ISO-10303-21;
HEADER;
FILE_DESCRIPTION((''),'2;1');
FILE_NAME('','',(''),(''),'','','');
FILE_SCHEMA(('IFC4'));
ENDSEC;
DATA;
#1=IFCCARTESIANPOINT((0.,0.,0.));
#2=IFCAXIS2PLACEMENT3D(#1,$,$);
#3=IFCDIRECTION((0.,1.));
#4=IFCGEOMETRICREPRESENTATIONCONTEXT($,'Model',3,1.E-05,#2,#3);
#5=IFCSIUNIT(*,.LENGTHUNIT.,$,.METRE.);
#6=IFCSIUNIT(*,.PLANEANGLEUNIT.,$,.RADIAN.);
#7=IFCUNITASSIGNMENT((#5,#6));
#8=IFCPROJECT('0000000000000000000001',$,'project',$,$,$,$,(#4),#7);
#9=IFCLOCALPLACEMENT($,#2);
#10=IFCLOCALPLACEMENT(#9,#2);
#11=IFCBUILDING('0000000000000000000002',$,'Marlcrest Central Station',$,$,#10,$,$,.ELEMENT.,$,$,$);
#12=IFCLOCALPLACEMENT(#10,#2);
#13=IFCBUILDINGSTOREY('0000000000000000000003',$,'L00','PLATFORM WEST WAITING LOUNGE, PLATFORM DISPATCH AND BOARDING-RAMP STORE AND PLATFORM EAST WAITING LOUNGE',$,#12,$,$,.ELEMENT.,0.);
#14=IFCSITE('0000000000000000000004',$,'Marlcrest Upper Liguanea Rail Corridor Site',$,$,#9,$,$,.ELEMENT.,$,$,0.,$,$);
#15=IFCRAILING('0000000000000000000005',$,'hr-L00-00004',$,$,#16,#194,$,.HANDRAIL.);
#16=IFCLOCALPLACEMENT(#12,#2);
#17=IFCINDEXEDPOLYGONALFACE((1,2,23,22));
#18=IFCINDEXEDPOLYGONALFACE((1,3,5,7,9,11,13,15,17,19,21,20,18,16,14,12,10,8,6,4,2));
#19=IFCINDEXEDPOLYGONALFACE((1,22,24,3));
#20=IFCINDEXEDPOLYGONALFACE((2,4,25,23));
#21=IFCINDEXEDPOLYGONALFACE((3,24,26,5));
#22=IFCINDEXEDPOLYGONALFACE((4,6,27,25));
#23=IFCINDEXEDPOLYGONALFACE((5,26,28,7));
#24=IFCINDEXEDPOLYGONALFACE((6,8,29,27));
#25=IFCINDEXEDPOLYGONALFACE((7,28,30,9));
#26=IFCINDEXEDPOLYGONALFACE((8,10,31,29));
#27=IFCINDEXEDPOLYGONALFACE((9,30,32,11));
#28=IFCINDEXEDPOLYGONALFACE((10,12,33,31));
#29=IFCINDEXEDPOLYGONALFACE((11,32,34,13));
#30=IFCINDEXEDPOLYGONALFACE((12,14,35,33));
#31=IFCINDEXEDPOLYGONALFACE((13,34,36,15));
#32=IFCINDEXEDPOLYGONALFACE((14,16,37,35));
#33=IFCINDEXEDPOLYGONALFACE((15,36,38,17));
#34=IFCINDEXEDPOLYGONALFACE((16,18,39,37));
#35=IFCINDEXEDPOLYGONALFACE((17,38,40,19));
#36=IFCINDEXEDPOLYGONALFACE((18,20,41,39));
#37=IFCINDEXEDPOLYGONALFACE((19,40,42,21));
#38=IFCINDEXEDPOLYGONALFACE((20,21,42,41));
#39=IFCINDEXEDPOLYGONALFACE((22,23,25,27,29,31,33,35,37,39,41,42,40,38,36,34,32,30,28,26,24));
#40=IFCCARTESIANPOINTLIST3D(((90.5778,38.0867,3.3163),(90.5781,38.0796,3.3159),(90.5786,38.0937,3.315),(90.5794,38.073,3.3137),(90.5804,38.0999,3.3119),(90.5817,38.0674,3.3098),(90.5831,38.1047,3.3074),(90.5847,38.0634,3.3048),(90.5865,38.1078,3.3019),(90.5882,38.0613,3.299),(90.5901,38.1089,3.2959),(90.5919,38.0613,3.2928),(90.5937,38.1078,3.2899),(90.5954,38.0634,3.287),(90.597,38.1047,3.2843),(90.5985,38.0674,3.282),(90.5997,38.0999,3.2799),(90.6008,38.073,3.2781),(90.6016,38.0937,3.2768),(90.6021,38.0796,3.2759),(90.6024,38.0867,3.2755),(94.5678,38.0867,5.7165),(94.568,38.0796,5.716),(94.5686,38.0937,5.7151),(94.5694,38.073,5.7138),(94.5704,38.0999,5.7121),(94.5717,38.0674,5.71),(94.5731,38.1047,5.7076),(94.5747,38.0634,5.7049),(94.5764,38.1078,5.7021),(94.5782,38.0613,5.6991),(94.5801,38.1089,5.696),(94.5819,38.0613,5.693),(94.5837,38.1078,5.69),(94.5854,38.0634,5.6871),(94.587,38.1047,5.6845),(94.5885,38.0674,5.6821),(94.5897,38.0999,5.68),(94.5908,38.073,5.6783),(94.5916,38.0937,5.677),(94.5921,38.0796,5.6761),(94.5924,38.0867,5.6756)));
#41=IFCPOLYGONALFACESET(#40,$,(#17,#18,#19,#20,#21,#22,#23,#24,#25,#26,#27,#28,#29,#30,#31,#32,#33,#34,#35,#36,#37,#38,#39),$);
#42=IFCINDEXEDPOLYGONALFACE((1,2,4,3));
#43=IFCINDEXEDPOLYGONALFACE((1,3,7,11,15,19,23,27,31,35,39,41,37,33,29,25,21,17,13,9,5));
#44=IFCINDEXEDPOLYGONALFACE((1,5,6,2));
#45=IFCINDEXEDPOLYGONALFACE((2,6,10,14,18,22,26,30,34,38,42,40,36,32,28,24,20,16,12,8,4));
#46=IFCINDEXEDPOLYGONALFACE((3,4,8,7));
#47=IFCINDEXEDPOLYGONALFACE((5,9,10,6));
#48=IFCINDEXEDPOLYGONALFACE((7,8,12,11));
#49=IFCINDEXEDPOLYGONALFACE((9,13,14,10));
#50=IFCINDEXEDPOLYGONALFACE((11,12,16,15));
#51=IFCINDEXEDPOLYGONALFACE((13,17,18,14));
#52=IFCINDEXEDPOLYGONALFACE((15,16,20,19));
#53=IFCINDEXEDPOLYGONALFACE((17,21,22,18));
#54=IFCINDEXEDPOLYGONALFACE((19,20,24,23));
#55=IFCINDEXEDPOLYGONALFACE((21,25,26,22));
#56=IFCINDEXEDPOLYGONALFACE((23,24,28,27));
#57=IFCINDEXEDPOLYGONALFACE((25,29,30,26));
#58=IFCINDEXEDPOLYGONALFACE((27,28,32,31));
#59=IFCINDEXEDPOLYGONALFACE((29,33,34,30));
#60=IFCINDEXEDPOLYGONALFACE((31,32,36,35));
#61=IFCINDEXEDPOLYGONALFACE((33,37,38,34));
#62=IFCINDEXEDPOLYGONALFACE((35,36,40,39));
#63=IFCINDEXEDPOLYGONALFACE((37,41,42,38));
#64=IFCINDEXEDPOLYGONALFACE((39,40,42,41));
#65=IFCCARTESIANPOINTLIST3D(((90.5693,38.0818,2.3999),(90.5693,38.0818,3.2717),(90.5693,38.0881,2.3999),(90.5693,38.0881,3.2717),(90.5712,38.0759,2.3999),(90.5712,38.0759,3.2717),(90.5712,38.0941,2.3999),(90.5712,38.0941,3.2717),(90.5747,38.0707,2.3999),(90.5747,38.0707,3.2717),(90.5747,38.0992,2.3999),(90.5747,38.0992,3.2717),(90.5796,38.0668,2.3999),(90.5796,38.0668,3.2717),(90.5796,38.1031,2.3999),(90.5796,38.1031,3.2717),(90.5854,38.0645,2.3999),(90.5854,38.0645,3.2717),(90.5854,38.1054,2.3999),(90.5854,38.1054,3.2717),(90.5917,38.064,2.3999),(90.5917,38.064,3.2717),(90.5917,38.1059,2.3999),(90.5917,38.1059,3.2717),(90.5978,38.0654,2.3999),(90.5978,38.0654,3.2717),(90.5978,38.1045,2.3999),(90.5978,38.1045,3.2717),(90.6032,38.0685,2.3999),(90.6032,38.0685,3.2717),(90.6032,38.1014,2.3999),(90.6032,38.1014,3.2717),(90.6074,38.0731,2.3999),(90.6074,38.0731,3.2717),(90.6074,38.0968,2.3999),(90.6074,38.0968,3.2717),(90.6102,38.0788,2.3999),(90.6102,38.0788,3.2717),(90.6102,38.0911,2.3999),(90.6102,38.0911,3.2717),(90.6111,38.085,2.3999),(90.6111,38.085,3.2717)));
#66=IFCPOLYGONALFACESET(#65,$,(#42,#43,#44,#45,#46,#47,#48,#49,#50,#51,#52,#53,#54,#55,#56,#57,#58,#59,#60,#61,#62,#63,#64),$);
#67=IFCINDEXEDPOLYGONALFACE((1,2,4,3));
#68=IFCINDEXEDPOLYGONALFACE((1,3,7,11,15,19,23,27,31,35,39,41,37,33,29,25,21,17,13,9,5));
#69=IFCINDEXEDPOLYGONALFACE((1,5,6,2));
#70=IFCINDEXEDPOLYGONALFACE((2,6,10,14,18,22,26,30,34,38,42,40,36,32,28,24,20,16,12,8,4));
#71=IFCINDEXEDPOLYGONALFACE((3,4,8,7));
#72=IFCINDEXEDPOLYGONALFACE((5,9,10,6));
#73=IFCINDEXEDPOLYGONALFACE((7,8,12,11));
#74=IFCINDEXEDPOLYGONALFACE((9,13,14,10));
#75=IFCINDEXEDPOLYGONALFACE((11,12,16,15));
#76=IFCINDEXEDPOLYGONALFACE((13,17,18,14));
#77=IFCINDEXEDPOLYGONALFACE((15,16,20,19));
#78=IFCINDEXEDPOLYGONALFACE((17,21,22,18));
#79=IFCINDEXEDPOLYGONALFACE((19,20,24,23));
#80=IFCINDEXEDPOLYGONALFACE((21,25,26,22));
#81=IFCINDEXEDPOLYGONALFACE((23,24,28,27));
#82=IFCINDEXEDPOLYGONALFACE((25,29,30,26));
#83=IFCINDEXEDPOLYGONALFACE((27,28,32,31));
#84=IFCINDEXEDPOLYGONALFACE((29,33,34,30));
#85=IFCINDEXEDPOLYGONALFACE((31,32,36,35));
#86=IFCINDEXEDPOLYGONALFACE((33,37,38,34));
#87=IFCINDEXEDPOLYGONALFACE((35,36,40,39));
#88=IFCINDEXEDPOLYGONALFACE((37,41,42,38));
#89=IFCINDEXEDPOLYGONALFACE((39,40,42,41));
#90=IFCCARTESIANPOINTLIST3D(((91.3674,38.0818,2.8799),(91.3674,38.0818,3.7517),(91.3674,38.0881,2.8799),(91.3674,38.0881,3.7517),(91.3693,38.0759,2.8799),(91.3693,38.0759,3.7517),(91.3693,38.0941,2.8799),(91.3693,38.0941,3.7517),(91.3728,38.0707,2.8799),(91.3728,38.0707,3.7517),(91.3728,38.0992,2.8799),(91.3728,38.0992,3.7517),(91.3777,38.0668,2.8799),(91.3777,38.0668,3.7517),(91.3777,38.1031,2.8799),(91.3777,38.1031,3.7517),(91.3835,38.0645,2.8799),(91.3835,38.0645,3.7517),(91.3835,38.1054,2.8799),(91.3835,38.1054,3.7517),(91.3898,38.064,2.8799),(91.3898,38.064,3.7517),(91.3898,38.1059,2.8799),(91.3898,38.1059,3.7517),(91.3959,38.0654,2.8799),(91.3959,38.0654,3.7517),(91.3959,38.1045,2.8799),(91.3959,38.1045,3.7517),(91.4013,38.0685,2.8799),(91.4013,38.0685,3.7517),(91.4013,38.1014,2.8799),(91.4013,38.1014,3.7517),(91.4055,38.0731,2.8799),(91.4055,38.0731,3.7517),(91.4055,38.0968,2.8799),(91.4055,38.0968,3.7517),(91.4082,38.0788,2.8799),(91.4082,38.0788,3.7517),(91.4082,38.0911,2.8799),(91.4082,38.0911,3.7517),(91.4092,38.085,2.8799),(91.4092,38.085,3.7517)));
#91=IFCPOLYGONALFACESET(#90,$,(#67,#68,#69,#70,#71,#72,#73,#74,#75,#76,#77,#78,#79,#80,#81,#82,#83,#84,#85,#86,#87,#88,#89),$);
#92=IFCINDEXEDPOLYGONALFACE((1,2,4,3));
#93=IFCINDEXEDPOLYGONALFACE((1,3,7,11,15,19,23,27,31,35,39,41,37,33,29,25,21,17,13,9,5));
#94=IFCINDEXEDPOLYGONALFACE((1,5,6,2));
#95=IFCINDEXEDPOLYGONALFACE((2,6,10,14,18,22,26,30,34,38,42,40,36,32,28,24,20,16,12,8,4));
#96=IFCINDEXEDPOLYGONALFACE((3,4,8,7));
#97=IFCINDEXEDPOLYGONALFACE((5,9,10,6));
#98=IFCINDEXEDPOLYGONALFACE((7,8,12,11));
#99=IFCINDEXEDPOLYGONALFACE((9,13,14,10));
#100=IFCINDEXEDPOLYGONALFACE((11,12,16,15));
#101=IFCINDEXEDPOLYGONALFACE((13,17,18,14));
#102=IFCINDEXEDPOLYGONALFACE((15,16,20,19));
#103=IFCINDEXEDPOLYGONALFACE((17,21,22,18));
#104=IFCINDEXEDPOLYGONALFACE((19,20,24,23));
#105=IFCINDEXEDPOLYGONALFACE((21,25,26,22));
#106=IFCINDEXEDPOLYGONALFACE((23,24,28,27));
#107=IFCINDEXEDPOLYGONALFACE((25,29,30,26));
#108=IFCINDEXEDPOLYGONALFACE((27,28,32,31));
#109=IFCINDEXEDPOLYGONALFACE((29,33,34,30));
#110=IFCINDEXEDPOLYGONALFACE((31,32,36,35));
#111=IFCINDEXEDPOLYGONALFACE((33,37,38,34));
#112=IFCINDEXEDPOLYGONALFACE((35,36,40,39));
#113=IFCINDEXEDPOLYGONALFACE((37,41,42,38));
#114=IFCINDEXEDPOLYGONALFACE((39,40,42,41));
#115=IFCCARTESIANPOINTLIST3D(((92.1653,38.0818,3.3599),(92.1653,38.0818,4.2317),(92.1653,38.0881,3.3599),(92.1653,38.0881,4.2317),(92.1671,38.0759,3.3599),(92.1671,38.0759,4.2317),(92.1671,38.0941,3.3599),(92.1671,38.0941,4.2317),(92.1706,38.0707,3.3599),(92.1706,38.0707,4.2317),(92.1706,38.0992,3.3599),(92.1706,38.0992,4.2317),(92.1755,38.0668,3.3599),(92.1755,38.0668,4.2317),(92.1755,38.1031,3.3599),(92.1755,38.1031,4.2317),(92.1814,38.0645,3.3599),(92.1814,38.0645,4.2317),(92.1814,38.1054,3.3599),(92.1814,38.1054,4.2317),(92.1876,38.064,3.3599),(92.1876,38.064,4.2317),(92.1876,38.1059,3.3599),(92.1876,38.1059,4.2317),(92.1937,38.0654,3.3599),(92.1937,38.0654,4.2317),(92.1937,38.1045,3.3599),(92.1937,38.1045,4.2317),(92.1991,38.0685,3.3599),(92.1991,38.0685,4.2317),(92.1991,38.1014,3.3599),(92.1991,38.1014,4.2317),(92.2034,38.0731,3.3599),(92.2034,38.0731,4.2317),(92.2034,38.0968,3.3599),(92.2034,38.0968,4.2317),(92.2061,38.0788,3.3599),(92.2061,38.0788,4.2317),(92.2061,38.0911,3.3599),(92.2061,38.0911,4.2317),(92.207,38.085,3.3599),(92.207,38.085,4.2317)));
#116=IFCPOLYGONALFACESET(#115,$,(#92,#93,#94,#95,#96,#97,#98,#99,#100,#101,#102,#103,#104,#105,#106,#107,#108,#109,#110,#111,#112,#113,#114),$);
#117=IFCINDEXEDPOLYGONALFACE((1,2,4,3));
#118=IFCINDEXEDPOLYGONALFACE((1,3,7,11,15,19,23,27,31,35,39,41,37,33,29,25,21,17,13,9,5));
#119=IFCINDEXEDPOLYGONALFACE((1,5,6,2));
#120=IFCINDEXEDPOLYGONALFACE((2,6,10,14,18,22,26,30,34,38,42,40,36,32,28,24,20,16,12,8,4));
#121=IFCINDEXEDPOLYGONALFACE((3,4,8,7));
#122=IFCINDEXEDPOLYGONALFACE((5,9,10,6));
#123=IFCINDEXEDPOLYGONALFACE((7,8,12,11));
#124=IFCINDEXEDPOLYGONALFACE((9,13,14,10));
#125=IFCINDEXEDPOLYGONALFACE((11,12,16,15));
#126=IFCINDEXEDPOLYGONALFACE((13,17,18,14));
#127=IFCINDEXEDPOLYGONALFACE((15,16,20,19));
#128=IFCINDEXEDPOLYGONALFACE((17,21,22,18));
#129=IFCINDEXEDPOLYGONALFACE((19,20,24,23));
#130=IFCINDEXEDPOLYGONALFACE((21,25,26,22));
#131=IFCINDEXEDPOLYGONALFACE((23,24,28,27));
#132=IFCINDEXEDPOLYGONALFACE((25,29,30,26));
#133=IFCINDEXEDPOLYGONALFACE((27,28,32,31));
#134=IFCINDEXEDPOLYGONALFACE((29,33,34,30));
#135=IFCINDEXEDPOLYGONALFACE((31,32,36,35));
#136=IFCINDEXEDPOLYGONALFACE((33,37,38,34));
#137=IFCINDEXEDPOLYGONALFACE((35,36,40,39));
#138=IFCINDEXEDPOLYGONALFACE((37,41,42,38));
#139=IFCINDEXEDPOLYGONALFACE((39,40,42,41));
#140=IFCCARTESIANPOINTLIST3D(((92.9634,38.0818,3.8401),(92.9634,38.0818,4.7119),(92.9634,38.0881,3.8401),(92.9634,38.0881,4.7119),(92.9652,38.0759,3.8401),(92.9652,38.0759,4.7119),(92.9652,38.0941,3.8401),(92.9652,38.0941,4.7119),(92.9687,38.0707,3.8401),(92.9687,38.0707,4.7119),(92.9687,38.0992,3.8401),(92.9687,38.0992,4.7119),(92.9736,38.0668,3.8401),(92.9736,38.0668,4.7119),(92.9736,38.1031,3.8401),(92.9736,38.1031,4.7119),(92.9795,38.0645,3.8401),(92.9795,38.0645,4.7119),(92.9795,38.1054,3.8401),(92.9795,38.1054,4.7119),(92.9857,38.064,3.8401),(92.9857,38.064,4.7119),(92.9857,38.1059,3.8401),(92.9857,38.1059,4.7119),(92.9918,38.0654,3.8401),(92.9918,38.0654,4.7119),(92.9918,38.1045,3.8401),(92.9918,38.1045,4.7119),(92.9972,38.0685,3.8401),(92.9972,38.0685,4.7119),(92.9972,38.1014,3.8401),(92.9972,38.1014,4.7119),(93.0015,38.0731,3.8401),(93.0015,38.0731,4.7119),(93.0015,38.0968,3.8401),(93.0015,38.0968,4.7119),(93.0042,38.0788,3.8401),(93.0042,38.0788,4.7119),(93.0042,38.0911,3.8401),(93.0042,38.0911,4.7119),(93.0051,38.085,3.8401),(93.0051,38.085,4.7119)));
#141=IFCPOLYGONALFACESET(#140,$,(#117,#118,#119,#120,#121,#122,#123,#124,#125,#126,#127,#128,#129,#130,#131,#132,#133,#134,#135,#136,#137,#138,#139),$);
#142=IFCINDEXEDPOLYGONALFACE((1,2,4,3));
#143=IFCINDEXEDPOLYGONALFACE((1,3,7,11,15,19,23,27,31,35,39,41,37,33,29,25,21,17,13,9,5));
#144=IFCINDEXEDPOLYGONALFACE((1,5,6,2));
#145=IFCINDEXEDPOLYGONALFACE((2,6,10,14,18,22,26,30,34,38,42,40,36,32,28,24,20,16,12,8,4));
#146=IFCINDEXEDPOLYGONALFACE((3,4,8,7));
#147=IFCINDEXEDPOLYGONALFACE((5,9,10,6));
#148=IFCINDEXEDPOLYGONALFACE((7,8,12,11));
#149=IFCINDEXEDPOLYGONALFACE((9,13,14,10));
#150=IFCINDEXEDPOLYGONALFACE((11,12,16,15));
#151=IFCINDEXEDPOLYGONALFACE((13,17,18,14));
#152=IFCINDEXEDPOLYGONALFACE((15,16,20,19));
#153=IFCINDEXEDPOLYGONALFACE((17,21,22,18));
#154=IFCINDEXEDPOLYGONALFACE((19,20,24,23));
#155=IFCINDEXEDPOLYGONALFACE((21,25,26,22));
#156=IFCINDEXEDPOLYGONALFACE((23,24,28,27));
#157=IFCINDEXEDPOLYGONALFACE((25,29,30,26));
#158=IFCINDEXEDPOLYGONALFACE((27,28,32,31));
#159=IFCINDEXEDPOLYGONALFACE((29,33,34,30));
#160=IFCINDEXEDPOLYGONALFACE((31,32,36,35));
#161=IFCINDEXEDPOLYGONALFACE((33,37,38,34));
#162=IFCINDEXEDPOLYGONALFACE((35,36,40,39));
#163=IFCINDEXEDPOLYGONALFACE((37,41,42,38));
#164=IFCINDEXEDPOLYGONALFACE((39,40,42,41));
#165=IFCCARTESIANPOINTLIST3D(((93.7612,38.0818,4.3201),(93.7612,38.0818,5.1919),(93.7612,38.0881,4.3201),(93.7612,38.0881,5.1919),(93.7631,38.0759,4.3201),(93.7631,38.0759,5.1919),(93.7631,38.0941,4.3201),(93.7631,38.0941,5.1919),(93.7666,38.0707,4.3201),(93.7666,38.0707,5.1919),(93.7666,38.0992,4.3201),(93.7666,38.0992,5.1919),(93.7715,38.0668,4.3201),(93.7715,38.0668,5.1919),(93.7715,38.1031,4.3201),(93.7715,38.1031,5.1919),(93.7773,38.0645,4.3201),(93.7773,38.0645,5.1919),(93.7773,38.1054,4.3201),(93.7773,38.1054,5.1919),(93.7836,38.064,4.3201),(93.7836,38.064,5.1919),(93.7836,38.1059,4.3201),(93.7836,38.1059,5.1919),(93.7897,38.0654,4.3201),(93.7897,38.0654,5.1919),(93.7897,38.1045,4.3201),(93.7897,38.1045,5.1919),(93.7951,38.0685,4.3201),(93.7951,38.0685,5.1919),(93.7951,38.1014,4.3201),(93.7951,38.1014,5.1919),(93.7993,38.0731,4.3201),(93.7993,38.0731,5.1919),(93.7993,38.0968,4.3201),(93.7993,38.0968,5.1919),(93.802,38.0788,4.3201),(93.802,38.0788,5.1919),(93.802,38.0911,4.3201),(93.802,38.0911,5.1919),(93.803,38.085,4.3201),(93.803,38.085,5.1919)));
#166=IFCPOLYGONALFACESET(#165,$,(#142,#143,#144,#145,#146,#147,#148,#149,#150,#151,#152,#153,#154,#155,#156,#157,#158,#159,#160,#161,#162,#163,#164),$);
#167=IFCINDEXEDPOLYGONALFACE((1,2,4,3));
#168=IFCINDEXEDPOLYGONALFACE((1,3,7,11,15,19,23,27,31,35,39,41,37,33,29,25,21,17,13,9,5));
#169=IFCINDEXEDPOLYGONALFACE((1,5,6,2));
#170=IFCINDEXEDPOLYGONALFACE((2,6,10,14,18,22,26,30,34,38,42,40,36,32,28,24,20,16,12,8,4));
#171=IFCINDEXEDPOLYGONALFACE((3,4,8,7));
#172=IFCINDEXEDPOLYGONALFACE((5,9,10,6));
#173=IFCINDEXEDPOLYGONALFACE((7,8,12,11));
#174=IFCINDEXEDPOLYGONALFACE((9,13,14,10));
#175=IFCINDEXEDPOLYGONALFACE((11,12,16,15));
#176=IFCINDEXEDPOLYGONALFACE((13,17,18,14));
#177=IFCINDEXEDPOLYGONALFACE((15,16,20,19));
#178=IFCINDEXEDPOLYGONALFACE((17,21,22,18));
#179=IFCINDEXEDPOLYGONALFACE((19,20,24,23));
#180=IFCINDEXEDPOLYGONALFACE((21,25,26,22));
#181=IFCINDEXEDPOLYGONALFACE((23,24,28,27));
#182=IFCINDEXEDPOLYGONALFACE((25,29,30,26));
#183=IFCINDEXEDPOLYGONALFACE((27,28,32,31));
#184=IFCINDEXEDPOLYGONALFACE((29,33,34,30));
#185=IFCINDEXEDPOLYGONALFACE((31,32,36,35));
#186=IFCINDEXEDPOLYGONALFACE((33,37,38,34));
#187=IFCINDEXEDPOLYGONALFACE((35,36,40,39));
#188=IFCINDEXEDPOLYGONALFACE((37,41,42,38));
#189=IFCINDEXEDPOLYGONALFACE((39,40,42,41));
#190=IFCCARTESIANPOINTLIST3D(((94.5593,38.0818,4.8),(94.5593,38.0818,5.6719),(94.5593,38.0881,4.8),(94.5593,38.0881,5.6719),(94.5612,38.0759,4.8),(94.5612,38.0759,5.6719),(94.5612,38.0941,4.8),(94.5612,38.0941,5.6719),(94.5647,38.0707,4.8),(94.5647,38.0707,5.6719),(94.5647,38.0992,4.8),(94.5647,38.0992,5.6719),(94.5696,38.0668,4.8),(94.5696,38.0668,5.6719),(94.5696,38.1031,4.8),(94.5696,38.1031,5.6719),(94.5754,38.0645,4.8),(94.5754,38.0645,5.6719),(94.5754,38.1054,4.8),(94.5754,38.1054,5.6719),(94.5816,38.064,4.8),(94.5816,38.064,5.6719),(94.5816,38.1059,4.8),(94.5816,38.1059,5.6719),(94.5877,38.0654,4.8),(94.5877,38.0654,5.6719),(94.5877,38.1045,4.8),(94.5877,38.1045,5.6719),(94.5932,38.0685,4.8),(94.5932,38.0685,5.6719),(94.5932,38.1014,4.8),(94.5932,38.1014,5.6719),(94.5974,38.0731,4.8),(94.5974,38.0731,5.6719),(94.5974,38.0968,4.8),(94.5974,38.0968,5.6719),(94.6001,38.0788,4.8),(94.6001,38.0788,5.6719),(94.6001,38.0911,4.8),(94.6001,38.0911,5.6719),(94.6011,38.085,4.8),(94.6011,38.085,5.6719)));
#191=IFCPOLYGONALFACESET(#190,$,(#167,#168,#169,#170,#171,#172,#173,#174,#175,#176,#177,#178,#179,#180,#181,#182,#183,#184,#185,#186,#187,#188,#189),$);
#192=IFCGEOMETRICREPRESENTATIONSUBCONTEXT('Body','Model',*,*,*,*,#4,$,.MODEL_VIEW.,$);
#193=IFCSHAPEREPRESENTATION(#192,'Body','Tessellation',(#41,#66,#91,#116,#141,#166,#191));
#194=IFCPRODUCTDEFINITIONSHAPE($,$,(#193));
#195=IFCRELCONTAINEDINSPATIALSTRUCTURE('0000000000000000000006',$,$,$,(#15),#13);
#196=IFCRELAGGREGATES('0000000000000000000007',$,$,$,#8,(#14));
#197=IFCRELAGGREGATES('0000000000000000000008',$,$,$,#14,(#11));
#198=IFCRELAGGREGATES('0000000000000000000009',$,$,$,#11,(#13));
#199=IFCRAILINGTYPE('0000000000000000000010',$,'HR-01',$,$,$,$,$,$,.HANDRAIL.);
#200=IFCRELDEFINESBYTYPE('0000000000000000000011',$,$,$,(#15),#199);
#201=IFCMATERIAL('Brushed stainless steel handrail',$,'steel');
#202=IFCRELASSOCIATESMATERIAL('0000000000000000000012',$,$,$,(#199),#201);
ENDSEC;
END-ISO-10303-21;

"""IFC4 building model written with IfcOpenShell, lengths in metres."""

from ifc_helpers import new_model, si_unit, direction, frame, origin, origin_2d, place, context, subcontext, project, spatial, circle, extrude, material, type_object, element, save


model = new_model("IFC4")

# Units and contexts
model_context = context("Model", 3, precision=1e-05, world=origin(), true_north=direction((0.0, 1.0)))
body_context = subcontext(model_context, "Body", "Model", "MODEL_VIEW")
ifc_project = project(units=[si_unit("LENGTHUNIT", "METRE"), si_unit("PLANEANGLEUNIT", "RADIAN")], contexts=[model_context])

# Site, building, storey
site_placement = place(None, origin())
site = spatial("IfcSite", under=ifc_project, at=site_placement, Name="Marlcrest Upper Liguanea Rail Corridor Site", CompositionType="ELEMENT", RefElevation=0.0)
building_placement = place(site_placement, origin())
building = spatial("IfcBuilding", under=site, at=building_placement, Name="Marlcrest Central Station", CompositionType="ELEMENT")
storey_placement = place(building_placement, origin())
storey = spatial("IfcBuildingStorey", under=building, at=storey_placement, Name="L00", Description="PLATFORM WEST WAITING LOUNGE, PLATFORM DISPATCH AND BOARDING-RAMP STORE AND PLATFORM EAST WAITING LOUNGE", CompositionType="ELEMENT", Elevation=0.0)

# Railing
ifc_material_1 = material(Name="Brushed stainless steel handrail", Category="steel")
railing_type = type_object("IfcRailingType", Name="HR-01", PredefinedType="HANDRAIL", material=ifc_material_1)
railing_1_placement = place(storey_placement, frame((90.5901, 38.085, 2.3999)))
element("IfcRailing", 1, at=railing_1_placement, inside=storey, type_object=railing_type, Name="hr-L00-00004", PredefinedType="HANDRAIL", context=body_context, shape_type="SweptSolid", body=[
    extrude(circle(Radius=0.0239, at=origin_2d()), frame((0.0, 0.0, 0.896), z_axis=(0.856909, 0.0, 0.515467), x_axis=(0.0, 1.0, 0.0)), (0.0, 0.0, 1.0), 4.6562),
    extrude(circle(Radius=0.021, at=origin_2d()), origin(), (0.0, 0.0, 1.0), 0.8718),
    extrude(circle(Radius=0.021, at=origin_2d()), frame((0.7981, 0.0, 0.48)), (0.0, 0.0, 1.0), 0.8718),
    extrude(circle(Radius=0.021, at=origin_2d()), frame((1.5959, 0.0, 0.96)), (0.0, 0.0, 1.0), 0.8718),
    extrude(circle(Radius=0.021, at=origin_2d()), frame((2.394, 0.0, 1.4402)), (0.0, 0.0, 1.0), 0.8718),
    extrude(circle(Radius=0.021, at=origin_2d()), frame((3.1919, 0.0, 1.9202)), (0.0, 0.0, 1.0), 0.8718),
    extrude(circle(Radius=0.021, at=origin_2d()), frame((3.99, 0.0, 2.4001)), (0.0, 0.0, 1.0), 0.8718),
])

save(model, "model.ifc")
